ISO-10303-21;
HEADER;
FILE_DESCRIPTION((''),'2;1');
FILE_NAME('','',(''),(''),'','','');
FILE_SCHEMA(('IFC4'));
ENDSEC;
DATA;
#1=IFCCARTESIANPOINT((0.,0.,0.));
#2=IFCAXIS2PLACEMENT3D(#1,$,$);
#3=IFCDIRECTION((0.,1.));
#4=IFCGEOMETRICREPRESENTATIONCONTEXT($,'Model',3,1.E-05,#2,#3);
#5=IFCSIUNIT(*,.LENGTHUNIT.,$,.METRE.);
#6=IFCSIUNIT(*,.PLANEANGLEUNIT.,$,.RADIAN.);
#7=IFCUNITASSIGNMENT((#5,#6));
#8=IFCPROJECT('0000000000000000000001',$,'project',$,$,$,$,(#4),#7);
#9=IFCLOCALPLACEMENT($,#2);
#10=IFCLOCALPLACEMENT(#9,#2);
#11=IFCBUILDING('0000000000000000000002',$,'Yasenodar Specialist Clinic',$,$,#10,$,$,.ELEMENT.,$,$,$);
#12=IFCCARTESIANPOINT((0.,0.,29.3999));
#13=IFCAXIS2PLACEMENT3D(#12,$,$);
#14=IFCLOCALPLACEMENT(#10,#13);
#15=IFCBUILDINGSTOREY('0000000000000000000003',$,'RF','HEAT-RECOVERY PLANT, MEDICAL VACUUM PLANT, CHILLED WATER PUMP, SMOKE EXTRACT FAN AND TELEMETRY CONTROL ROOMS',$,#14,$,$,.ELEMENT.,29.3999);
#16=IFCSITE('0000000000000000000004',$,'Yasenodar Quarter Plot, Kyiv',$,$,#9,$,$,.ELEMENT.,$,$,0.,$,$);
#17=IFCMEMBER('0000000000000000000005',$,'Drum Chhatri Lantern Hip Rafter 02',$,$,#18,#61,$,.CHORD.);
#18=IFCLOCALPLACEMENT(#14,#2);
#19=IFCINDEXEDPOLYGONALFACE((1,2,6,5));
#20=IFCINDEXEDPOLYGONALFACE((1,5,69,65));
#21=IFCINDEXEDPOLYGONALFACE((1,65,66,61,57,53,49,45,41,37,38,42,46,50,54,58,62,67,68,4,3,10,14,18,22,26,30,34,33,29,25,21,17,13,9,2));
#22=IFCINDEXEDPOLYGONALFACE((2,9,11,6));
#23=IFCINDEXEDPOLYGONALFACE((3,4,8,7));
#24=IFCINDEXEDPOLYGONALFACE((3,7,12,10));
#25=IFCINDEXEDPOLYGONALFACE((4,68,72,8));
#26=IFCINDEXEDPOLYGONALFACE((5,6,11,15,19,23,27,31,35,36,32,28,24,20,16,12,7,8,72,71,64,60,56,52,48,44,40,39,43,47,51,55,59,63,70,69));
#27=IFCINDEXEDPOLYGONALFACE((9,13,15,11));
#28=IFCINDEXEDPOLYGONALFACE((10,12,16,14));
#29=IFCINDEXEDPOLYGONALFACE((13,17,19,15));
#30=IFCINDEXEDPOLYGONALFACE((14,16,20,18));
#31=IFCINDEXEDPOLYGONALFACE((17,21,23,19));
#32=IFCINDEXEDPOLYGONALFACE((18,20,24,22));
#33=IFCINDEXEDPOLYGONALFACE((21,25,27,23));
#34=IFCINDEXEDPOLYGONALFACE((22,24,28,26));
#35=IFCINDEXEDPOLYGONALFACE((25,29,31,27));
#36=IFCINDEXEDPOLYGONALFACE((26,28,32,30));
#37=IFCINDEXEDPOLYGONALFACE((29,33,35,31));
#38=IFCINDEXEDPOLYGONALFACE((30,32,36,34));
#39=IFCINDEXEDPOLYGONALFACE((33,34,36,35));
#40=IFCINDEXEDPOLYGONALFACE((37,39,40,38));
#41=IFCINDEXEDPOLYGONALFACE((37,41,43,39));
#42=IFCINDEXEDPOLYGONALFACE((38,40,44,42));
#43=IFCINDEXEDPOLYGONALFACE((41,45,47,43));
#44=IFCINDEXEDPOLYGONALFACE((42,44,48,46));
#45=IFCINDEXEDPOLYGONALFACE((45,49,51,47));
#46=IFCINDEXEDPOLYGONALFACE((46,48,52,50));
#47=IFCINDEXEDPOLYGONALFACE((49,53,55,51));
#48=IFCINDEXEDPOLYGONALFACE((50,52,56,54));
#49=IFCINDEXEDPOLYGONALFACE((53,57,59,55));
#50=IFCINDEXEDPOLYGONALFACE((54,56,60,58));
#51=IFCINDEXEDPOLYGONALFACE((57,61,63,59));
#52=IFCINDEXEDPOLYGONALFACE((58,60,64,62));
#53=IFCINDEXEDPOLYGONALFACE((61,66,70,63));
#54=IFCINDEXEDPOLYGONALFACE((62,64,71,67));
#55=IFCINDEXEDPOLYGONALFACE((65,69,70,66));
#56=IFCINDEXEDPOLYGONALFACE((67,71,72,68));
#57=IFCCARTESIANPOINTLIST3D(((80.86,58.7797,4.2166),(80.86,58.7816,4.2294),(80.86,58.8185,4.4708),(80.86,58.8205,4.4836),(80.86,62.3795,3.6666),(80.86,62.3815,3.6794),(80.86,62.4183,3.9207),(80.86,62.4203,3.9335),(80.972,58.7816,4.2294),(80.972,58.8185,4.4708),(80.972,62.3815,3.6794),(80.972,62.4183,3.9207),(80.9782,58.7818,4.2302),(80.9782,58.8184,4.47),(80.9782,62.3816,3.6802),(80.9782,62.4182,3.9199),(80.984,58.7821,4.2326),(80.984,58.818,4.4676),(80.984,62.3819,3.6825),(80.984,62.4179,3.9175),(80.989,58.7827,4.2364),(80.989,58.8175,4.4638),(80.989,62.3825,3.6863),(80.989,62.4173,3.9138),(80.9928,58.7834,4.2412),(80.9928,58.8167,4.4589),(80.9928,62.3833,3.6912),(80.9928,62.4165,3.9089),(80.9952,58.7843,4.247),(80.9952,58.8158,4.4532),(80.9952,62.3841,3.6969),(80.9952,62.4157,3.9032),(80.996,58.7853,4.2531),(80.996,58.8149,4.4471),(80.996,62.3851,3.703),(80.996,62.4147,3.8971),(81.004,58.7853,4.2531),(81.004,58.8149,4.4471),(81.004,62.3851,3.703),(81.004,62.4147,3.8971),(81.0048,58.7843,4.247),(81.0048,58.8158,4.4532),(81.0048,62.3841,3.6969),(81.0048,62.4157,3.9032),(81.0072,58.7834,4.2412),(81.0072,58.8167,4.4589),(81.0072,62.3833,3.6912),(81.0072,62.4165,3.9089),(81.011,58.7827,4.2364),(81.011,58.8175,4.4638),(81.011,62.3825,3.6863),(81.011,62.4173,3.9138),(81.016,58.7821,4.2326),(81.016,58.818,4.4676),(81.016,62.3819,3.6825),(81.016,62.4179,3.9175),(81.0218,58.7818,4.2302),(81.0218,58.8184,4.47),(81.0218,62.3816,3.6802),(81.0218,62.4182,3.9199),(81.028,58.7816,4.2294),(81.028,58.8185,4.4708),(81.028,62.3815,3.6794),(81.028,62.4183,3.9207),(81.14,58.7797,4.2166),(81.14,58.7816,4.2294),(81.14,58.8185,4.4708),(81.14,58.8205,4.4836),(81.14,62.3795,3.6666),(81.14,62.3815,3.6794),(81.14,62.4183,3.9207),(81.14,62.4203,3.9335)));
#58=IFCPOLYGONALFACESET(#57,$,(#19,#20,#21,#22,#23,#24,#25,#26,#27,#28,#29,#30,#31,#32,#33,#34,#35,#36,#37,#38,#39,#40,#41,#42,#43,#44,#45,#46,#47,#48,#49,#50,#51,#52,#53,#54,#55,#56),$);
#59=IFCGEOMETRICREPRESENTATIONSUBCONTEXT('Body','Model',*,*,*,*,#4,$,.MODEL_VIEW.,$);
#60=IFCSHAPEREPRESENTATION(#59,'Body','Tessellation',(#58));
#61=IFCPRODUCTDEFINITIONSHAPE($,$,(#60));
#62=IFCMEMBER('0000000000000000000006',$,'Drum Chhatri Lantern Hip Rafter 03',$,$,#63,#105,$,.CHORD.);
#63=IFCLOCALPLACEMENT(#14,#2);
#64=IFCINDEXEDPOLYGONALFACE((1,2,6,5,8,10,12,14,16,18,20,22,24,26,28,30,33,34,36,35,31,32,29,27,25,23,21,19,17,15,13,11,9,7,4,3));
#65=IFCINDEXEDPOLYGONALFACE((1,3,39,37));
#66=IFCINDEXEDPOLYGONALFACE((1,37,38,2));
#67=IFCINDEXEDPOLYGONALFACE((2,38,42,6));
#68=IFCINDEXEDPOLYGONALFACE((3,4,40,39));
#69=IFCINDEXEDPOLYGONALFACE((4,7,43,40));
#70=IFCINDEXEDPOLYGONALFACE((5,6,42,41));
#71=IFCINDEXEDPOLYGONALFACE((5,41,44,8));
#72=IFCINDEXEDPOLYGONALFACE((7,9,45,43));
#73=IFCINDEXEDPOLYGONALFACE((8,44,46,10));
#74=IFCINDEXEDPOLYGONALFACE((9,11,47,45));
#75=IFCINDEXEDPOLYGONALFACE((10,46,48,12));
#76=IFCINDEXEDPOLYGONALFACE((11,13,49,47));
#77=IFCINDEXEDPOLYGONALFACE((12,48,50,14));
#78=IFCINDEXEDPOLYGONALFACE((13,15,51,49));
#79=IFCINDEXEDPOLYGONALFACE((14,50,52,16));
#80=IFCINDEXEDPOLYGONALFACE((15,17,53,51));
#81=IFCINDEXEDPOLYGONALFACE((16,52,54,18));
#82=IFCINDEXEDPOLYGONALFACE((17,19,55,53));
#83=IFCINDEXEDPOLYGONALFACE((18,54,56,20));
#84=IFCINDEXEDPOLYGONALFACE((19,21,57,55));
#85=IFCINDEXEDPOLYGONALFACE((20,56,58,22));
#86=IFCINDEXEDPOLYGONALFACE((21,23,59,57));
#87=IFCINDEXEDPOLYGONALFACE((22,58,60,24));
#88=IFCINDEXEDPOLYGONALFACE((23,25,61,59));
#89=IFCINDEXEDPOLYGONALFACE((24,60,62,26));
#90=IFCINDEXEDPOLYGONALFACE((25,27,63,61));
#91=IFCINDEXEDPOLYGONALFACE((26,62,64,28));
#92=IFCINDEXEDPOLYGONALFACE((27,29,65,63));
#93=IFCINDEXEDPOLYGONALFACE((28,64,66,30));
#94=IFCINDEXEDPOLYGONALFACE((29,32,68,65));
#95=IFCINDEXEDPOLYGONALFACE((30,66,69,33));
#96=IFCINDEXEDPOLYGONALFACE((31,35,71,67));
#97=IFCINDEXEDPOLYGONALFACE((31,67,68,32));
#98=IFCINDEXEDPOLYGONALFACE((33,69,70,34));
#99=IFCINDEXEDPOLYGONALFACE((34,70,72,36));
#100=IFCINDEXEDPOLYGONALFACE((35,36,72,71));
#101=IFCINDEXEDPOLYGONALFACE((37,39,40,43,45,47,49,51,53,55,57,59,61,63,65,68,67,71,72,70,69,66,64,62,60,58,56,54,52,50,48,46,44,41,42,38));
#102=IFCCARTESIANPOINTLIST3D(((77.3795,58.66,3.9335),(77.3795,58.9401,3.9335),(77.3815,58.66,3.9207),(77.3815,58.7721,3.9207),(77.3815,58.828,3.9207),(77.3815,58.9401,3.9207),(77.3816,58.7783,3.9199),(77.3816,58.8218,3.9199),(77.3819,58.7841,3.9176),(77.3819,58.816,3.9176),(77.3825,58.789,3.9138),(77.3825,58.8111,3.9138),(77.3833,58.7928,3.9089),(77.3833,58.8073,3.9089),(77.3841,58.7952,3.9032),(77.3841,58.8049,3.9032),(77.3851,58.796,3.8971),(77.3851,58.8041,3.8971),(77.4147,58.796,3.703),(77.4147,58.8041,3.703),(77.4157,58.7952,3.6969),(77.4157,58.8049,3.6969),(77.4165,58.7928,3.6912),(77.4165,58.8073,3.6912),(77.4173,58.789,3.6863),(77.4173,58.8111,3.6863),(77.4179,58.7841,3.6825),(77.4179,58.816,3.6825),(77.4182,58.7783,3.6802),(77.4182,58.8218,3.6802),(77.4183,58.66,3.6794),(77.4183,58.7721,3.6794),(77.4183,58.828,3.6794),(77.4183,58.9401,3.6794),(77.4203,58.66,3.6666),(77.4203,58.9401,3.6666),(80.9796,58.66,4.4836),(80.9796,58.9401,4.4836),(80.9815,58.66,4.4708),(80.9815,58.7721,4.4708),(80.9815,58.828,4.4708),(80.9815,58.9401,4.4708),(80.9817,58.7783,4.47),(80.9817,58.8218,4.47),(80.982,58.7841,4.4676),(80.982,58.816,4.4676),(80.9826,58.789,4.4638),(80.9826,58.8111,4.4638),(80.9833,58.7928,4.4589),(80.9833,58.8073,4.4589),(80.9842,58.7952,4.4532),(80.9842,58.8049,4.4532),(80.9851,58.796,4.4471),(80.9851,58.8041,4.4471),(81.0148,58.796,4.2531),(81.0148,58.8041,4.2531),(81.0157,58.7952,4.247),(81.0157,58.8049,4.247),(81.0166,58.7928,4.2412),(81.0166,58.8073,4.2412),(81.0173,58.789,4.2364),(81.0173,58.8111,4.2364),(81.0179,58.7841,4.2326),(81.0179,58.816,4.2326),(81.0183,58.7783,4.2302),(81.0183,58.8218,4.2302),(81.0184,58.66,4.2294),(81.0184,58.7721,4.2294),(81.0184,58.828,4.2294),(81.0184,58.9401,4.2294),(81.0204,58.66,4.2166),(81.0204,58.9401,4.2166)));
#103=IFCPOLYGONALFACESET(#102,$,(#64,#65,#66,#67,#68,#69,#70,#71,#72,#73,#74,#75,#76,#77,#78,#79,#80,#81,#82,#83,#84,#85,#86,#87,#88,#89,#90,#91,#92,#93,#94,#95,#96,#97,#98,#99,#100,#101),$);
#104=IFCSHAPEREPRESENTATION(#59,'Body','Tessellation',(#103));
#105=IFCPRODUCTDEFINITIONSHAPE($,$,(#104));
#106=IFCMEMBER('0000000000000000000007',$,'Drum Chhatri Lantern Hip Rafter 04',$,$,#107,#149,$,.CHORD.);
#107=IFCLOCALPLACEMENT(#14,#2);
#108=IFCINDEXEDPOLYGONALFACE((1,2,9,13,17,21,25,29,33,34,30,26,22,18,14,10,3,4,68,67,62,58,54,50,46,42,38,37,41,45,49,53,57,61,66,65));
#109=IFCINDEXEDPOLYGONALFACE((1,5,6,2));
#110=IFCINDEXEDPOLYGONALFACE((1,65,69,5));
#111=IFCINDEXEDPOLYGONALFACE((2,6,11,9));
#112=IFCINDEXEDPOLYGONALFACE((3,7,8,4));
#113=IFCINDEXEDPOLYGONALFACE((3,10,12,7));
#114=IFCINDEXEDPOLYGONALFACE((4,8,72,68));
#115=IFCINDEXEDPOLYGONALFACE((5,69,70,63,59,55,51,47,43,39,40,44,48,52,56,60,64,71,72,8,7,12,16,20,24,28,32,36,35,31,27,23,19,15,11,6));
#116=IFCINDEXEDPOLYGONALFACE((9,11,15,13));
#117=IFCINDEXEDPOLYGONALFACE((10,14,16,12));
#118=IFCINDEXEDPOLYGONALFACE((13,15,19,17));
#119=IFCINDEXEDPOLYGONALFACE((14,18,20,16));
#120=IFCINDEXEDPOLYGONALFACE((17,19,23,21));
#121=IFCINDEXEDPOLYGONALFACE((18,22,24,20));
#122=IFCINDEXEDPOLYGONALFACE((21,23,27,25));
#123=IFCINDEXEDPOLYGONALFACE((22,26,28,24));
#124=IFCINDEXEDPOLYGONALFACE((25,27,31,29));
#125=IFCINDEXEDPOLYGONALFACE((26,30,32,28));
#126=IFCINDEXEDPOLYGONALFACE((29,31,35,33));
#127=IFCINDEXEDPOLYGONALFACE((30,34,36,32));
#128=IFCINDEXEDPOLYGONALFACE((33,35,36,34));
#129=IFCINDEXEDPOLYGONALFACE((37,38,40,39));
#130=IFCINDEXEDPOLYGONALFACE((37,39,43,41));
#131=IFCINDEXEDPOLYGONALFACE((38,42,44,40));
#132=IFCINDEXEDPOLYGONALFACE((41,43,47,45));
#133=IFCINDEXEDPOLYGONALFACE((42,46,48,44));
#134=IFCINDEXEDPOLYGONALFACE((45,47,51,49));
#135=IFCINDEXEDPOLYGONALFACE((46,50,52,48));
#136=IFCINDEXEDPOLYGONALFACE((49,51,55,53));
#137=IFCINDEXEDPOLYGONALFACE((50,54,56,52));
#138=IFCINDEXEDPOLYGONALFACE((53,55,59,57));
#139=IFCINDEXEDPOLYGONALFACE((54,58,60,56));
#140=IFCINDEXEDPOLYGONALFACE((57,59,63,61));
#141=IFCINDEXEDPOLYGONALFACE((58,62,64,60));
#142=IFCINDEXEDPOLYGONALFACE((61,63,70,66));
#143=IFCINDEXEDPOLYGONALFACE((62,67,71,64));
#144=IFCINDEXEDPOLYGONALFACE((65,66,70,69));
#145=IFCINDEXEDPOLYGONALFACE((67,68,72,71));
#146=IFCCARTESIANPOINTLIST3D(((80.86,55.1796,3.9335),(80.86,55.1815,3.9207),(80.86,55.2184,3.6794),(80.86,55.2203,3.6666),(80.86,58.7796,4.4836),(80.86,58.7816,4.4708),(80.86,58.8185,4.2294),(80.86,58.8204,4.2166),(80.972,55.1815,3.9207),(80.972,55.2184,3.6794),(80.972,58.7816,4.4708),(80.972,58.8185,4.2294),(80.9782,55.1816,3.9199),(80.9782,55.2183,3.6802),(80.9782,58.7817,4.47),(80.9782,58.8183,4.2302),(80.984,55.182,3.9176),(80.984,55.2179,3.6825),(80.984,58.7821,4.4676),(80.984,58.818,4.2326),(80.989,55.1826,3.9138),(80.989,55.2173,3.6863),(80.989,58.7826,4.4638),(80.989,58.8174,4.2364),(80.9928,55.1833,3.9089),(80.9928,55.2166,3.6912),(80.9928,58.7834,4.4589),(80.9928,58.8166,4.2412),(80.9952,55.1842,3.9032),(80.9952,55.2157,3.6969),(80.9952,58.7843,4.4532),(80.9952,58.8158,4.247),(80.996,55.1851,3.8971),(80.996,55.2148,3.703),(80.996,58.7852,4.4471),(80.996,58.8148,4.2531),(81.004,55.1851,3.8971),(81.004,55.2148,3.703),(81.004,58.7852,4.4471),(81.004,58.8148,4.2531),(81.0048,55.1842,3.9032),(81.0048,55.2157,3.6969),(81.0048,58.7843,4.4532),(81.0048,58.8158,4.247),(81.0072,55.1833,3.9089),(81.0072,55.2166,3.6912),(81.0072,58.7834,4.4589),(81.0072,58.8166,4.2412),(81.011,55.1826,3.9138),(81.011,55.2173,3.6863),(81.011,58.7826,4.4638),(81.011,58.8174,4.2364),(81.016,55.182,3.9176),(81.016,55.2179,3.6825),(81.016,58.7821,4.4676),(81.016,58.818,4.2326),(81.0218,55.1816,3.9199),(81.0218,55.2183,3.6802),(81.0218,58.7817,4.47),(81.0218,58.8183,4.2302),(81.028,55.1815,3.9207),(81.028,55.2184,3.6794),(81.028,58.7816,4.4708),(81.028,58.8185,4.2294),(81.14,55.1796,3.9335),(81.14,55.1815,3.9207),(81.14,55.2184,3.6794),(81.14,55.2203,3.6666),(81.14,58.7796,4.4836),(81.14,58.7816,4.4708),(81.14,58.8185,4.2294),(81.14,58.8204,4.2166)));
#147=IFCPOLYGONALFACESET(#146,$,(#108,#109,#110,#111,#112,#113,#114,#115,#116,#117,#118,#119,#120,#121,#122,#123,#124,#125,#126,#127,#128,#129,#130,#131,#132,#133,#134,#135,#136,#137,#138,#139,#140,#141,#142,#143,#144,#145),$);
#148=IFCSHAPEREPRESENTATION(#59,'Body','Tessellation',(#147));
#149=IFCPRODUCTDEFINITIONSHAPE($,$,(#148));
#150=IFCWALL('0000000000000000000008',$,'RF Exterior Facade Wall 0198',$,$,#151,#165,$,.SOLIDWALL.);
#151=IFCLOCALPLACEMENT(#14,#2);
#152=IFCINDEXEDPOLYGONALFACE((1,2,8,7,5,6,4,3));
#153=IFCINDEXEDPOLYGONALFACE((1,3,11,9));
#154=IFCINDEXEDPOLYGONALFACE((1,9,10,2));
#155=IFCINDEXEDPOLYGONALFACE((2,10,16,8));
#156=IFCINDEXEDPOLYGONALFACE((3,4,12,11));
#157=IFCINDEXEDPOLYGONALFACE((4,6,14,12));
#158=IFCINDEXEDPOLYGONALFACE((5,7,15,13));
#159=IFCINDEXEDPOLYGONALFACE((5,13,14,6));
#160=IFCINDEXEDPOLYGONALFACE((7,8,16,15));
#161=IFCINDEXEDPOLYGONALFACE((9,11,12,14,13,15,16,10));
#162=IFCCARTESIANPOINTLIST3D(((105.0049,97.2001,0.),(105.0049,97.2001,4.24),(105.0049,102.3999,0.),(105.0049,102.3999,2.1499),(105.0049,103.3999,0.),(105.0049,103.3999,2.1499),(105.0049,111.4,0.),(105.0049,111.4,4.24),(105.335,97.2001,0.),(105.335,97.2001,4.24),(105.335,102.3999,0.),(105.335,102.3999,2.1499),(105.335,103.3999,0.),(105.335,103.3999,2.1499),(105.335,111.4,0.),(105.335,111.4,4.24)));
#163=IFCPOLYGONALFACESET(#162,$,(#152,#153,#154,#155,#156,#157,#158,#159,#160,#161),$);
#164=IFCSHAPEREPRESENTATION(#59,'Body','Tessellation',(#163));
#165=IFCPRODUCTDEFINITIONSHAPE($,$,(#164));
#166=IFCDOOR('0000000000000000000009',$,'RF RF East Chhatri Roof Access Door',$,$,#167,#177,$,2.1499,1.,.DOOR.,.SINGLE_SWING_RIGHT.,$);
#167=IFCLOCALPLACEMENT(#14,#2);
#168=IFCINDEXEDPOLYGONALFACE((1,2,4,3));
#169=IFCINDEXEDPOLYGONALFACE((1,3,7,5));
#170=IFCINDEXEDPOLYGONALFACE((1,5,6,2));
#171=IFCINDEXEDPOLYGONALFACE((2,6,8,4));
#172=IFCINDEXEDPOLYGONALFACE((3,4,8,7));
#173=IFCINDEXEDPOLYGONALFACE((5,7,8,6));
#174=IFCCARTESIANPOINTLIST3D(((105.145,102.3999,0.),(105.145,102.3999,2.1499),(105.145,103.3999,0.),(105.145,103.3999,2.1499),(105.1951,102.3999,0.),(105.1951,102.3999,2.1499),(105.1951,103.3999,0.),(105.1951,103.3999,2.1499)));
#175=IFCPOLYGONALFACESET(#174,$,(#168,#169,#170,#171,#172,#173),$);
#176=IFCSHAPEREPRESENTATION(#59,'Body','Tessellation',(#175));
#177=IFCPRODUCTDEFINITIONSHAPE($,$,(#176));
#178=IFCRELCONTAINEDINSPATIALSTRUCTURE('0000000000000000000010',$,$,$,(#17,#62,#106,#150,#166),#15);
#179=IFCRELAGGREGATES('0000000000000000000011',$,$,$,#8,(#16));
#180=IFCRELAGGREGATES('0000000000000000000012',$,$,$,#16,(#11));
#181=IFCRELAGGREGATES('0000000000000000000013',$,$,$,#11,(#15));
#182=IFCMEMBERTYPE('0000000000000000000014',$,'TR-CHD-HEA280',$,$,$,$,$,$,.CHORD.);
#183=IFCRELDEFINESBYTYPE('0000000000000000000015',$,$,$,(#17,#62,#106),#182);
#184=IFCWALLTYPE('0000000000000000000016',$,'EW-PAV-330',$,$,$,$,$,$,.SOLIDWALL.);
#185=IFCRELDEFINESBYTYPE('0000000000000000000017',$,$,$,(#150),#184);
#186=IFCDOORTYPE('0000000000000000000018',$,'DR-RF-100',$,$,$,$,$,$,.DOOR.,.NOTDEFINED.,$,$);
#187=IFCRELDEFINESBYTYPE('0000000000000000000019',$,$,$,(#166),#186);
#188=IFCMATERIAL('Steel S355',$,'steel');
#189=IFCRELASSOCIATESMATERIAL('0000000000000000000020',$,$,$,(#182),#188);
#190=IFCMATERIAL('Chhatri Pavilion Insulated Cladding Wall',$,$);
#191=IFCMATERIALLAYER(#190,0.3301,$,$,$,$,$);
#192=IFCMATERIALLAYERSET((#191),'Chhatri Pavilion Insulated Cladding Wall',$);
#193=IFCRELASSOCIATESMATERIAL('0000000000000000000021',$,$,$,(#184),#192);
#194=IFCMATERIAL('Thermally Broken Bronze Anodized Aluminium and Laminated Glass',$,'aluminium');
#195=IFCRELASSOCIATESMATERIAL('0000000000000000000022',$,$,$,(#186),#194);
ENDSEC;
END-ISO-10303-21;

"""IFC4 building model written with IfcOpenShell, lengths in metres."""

from ifc_helpers import new_model, si_unit, direction, frame, frame_2d, origin, origin_2d, place, context, subcontext, project, spatial, rectangle, i_section, extrude, material, layer, layer_set, material_profile, profile_set, type_object, element, fill, save


model = new_model("IFC4")

# Units and contexts
model_context = context("Model", 3, precision=1e-05, world=origin(), true_north=direction((0.0, 1.0)))
body_context = subcontext(model_context, "Body", "Model", "MODEL_VIEW")
ifc_project = project(units=[si_unit("LENGTHUNIT", "METRE"), si_unit("PLANEANGLEUNIT", "RADIAN")], contexts=[model_context])

# Site, building, storey
site_placement = place(None, origin())
site = spatial("IfcSite", under=ifc_project, at=site_placement, Name="Yasenodar Quarter Plot, Kyiv", CompositionType="ELEMENT", RefElevation=0.0)
building_placement = place(site_placement, origin())
building = spatial("IfcBuilding", under=site, at=building_placement, Name="Yasenodar Specialist Clinic", CompositionType="ELEMENT")
storey_placement = place(building_placement, frame((0.0, 0.0, 29.3999)))
storey = spatial("IfcBuildingStorey", under=building, at=storey_placement, Name="RF", Description="HEAT-RECOVERY PLANT, MEDICAL VACUUM PLANT, CHILLED WATER PUMP, SMOKE EXTRACT FAN AND TELEMETRY CONTROL ROOMS", CompositionType="ELEMENT", Elevation=29.3999)

# Shared definitions
ifc_material_1 = material(Name="Steel S355", Category="steel")

# Members
ifc_material_profile_1 = material_profile(ifc_material_1, i_section(OverallWidth=0.28, OverallDepth=0.27, WebThickness=0.0081, FlangeThickness=0.0129, FilletRadius=0.0239, at=origin_2d()), Name="HEA 280")
ifc_profile_set_1 = profile_set([ifc_material_profile_1], Name="Steel S355")
member_type = type_object("IfcMemberType", Name="TR-CHD-HEA280", PredefinedType="CHORD", material=ifc_profile_set_1)
member_1_placement = place(storey_placement, frame((81.0, 62.3999, 3.8), z_axis=(0.0, -0.988527, 0.151045), x_axis=(1.0, 0.0, 0.0)))
element("IfcMember", 1, at=member_1_placement, inside=storey, type_object=member_type, Name="Drum Chhatri Lantern Hip Rafter 02", PredefinedType="CHORD", context=body_context, shape_type="SweptSolid", body=[
    extrude(i_section(OverallWidth=0.28, OverallDepth=0.27, WebThickness=0.0081, FlangeThickness=0.0129, FilletRadius=0.0239, at=origin_2d()), origin(), (0.0, 0.0, 1.0), 3.6416),
])
for number, where, z_axis, x_axis, name in (
    (2, (77.3999, 58.8, 3.8), (0.988528, 0.0, 0.151034), (0.0, 1.0, 0.0), "Drum Chhatri Lantern Hip Rafter 03"),
    (3, (81.0, 55.2, 3.8), (0.0, 0.988528, 0.151034), (-1.0, 0.0, 0.0), "Drum Chhatri Lantern Hip Rafter 04"),
):
    element("IfcMember", number, at=place(storey_placement, frame(where, z_axis=z_axis, x_axis=x_axis)), inside=storey, type_object=member_type, Name=name, PredefinedType="CHORD", context=body_context, shape_type="SweptSolid", body=[
        extrude(i_section(OverallWidth=0.28, OverallDepth=0.27, WebThickness=0.0081, FlangeThickness=0.0129, FilletRadius=0.0239, at=origin_2d()), origin(), (0.0, 0.0, 1.0), 3.6418),
    ])

# Wall, opening, door
ifc_material_2 = material(Name="Chhatri Pavilion Insulated Cladding Wall")
ifc_layer_1 = layer(ifc_material_2, 0.3301)
ifc_layer_set_1 = layer_set([ifc_layer_1], Name="Chhatri Pavilion Insulated Cladding Wall")
wall_type_1 = type_object("IfcWallType", Name="EW-PAV-330", PredefinedType="SOLIDWALL", material=ifc_layer_set_1)
wall_1_placement = place(storey_placement, frame((105.1699, 97.2, 0.0), z_axis=(0.0, 0.0, 1.0), x_axis=(0.0, 1.0, 0.0)))
wall_1 = element("IfcWall", 4, at=wall_1_placement, inside=storey, type_object=wall_type_1, Name="RF Exterior Facade Wall 0198", PredefinedType="SOLIDWALL", context=body_context, shape_type="SweptSolid", body=[
    extrude(rectangle(XDim=14.2, YDim=0.3301, at=frame_2d((7.1001, 0.0))), origin(), (0.0, 0.0, 1.0), 4.24),
])
opening_1_placement = place(wall_1_placement, frame((5.2, 0.0, 0.0)))
opening_1 = element("IfcOpeningElement", 5, at=opening_1_placement, cuts=wall_1, PredefinedType="OPENING", context=body_context, shape_type="SweptSolid", body=[
    extrude(rectangle(XDim=1.0, YDim=2.1499, at=frame_2d((0.5, 1.075))), frame((0.0, 0.175, 0.0), z_axis=(0.0, -1.0, 0.0), x_axis=(1.0, 0.0, 0.0)), (0.0, 0.0, 1.0), 0.3501),
])
ifc_material_3 = material(Name="Thermally Broken Bronze Anodized Aluminium and Laminated Glass", Category="aluminium")
door_type_1 = type_object("IfcDoorType", Name="DR-RF-100", OperationType="NOTDEFINED", PredefinedType="DOOR", material=ifc_material_3)
door_1_placement = place(opening_1_placement, origin())
door_1 = element("IfcDoor", 6, at=door_1_placement, inside=storey, type_object=door_type_1, Name="RF RF East Chhatri Roof Access Door", OperationType="SINGLE_SWING_RIGHT", OverallHeight=2.1499, OverallWidth=1.0, PredefinedType="DOOR", context=body_context, shape_type="SweptSolid", body=[
    extrude(rectangle(XDim=1.0, YDim=2.1499, at=frame_2d((0.5, 1.075))), frame((0.0, 0.0249, 0.0), z_axis=(0.0, -1.0, 0.0), x_axis=(1.0, 0.0, 0.0)), (0.0, 0.0, 1.0), 0.05),
])
fill(opening_1, door_1)

save(model, "model.ifc")
